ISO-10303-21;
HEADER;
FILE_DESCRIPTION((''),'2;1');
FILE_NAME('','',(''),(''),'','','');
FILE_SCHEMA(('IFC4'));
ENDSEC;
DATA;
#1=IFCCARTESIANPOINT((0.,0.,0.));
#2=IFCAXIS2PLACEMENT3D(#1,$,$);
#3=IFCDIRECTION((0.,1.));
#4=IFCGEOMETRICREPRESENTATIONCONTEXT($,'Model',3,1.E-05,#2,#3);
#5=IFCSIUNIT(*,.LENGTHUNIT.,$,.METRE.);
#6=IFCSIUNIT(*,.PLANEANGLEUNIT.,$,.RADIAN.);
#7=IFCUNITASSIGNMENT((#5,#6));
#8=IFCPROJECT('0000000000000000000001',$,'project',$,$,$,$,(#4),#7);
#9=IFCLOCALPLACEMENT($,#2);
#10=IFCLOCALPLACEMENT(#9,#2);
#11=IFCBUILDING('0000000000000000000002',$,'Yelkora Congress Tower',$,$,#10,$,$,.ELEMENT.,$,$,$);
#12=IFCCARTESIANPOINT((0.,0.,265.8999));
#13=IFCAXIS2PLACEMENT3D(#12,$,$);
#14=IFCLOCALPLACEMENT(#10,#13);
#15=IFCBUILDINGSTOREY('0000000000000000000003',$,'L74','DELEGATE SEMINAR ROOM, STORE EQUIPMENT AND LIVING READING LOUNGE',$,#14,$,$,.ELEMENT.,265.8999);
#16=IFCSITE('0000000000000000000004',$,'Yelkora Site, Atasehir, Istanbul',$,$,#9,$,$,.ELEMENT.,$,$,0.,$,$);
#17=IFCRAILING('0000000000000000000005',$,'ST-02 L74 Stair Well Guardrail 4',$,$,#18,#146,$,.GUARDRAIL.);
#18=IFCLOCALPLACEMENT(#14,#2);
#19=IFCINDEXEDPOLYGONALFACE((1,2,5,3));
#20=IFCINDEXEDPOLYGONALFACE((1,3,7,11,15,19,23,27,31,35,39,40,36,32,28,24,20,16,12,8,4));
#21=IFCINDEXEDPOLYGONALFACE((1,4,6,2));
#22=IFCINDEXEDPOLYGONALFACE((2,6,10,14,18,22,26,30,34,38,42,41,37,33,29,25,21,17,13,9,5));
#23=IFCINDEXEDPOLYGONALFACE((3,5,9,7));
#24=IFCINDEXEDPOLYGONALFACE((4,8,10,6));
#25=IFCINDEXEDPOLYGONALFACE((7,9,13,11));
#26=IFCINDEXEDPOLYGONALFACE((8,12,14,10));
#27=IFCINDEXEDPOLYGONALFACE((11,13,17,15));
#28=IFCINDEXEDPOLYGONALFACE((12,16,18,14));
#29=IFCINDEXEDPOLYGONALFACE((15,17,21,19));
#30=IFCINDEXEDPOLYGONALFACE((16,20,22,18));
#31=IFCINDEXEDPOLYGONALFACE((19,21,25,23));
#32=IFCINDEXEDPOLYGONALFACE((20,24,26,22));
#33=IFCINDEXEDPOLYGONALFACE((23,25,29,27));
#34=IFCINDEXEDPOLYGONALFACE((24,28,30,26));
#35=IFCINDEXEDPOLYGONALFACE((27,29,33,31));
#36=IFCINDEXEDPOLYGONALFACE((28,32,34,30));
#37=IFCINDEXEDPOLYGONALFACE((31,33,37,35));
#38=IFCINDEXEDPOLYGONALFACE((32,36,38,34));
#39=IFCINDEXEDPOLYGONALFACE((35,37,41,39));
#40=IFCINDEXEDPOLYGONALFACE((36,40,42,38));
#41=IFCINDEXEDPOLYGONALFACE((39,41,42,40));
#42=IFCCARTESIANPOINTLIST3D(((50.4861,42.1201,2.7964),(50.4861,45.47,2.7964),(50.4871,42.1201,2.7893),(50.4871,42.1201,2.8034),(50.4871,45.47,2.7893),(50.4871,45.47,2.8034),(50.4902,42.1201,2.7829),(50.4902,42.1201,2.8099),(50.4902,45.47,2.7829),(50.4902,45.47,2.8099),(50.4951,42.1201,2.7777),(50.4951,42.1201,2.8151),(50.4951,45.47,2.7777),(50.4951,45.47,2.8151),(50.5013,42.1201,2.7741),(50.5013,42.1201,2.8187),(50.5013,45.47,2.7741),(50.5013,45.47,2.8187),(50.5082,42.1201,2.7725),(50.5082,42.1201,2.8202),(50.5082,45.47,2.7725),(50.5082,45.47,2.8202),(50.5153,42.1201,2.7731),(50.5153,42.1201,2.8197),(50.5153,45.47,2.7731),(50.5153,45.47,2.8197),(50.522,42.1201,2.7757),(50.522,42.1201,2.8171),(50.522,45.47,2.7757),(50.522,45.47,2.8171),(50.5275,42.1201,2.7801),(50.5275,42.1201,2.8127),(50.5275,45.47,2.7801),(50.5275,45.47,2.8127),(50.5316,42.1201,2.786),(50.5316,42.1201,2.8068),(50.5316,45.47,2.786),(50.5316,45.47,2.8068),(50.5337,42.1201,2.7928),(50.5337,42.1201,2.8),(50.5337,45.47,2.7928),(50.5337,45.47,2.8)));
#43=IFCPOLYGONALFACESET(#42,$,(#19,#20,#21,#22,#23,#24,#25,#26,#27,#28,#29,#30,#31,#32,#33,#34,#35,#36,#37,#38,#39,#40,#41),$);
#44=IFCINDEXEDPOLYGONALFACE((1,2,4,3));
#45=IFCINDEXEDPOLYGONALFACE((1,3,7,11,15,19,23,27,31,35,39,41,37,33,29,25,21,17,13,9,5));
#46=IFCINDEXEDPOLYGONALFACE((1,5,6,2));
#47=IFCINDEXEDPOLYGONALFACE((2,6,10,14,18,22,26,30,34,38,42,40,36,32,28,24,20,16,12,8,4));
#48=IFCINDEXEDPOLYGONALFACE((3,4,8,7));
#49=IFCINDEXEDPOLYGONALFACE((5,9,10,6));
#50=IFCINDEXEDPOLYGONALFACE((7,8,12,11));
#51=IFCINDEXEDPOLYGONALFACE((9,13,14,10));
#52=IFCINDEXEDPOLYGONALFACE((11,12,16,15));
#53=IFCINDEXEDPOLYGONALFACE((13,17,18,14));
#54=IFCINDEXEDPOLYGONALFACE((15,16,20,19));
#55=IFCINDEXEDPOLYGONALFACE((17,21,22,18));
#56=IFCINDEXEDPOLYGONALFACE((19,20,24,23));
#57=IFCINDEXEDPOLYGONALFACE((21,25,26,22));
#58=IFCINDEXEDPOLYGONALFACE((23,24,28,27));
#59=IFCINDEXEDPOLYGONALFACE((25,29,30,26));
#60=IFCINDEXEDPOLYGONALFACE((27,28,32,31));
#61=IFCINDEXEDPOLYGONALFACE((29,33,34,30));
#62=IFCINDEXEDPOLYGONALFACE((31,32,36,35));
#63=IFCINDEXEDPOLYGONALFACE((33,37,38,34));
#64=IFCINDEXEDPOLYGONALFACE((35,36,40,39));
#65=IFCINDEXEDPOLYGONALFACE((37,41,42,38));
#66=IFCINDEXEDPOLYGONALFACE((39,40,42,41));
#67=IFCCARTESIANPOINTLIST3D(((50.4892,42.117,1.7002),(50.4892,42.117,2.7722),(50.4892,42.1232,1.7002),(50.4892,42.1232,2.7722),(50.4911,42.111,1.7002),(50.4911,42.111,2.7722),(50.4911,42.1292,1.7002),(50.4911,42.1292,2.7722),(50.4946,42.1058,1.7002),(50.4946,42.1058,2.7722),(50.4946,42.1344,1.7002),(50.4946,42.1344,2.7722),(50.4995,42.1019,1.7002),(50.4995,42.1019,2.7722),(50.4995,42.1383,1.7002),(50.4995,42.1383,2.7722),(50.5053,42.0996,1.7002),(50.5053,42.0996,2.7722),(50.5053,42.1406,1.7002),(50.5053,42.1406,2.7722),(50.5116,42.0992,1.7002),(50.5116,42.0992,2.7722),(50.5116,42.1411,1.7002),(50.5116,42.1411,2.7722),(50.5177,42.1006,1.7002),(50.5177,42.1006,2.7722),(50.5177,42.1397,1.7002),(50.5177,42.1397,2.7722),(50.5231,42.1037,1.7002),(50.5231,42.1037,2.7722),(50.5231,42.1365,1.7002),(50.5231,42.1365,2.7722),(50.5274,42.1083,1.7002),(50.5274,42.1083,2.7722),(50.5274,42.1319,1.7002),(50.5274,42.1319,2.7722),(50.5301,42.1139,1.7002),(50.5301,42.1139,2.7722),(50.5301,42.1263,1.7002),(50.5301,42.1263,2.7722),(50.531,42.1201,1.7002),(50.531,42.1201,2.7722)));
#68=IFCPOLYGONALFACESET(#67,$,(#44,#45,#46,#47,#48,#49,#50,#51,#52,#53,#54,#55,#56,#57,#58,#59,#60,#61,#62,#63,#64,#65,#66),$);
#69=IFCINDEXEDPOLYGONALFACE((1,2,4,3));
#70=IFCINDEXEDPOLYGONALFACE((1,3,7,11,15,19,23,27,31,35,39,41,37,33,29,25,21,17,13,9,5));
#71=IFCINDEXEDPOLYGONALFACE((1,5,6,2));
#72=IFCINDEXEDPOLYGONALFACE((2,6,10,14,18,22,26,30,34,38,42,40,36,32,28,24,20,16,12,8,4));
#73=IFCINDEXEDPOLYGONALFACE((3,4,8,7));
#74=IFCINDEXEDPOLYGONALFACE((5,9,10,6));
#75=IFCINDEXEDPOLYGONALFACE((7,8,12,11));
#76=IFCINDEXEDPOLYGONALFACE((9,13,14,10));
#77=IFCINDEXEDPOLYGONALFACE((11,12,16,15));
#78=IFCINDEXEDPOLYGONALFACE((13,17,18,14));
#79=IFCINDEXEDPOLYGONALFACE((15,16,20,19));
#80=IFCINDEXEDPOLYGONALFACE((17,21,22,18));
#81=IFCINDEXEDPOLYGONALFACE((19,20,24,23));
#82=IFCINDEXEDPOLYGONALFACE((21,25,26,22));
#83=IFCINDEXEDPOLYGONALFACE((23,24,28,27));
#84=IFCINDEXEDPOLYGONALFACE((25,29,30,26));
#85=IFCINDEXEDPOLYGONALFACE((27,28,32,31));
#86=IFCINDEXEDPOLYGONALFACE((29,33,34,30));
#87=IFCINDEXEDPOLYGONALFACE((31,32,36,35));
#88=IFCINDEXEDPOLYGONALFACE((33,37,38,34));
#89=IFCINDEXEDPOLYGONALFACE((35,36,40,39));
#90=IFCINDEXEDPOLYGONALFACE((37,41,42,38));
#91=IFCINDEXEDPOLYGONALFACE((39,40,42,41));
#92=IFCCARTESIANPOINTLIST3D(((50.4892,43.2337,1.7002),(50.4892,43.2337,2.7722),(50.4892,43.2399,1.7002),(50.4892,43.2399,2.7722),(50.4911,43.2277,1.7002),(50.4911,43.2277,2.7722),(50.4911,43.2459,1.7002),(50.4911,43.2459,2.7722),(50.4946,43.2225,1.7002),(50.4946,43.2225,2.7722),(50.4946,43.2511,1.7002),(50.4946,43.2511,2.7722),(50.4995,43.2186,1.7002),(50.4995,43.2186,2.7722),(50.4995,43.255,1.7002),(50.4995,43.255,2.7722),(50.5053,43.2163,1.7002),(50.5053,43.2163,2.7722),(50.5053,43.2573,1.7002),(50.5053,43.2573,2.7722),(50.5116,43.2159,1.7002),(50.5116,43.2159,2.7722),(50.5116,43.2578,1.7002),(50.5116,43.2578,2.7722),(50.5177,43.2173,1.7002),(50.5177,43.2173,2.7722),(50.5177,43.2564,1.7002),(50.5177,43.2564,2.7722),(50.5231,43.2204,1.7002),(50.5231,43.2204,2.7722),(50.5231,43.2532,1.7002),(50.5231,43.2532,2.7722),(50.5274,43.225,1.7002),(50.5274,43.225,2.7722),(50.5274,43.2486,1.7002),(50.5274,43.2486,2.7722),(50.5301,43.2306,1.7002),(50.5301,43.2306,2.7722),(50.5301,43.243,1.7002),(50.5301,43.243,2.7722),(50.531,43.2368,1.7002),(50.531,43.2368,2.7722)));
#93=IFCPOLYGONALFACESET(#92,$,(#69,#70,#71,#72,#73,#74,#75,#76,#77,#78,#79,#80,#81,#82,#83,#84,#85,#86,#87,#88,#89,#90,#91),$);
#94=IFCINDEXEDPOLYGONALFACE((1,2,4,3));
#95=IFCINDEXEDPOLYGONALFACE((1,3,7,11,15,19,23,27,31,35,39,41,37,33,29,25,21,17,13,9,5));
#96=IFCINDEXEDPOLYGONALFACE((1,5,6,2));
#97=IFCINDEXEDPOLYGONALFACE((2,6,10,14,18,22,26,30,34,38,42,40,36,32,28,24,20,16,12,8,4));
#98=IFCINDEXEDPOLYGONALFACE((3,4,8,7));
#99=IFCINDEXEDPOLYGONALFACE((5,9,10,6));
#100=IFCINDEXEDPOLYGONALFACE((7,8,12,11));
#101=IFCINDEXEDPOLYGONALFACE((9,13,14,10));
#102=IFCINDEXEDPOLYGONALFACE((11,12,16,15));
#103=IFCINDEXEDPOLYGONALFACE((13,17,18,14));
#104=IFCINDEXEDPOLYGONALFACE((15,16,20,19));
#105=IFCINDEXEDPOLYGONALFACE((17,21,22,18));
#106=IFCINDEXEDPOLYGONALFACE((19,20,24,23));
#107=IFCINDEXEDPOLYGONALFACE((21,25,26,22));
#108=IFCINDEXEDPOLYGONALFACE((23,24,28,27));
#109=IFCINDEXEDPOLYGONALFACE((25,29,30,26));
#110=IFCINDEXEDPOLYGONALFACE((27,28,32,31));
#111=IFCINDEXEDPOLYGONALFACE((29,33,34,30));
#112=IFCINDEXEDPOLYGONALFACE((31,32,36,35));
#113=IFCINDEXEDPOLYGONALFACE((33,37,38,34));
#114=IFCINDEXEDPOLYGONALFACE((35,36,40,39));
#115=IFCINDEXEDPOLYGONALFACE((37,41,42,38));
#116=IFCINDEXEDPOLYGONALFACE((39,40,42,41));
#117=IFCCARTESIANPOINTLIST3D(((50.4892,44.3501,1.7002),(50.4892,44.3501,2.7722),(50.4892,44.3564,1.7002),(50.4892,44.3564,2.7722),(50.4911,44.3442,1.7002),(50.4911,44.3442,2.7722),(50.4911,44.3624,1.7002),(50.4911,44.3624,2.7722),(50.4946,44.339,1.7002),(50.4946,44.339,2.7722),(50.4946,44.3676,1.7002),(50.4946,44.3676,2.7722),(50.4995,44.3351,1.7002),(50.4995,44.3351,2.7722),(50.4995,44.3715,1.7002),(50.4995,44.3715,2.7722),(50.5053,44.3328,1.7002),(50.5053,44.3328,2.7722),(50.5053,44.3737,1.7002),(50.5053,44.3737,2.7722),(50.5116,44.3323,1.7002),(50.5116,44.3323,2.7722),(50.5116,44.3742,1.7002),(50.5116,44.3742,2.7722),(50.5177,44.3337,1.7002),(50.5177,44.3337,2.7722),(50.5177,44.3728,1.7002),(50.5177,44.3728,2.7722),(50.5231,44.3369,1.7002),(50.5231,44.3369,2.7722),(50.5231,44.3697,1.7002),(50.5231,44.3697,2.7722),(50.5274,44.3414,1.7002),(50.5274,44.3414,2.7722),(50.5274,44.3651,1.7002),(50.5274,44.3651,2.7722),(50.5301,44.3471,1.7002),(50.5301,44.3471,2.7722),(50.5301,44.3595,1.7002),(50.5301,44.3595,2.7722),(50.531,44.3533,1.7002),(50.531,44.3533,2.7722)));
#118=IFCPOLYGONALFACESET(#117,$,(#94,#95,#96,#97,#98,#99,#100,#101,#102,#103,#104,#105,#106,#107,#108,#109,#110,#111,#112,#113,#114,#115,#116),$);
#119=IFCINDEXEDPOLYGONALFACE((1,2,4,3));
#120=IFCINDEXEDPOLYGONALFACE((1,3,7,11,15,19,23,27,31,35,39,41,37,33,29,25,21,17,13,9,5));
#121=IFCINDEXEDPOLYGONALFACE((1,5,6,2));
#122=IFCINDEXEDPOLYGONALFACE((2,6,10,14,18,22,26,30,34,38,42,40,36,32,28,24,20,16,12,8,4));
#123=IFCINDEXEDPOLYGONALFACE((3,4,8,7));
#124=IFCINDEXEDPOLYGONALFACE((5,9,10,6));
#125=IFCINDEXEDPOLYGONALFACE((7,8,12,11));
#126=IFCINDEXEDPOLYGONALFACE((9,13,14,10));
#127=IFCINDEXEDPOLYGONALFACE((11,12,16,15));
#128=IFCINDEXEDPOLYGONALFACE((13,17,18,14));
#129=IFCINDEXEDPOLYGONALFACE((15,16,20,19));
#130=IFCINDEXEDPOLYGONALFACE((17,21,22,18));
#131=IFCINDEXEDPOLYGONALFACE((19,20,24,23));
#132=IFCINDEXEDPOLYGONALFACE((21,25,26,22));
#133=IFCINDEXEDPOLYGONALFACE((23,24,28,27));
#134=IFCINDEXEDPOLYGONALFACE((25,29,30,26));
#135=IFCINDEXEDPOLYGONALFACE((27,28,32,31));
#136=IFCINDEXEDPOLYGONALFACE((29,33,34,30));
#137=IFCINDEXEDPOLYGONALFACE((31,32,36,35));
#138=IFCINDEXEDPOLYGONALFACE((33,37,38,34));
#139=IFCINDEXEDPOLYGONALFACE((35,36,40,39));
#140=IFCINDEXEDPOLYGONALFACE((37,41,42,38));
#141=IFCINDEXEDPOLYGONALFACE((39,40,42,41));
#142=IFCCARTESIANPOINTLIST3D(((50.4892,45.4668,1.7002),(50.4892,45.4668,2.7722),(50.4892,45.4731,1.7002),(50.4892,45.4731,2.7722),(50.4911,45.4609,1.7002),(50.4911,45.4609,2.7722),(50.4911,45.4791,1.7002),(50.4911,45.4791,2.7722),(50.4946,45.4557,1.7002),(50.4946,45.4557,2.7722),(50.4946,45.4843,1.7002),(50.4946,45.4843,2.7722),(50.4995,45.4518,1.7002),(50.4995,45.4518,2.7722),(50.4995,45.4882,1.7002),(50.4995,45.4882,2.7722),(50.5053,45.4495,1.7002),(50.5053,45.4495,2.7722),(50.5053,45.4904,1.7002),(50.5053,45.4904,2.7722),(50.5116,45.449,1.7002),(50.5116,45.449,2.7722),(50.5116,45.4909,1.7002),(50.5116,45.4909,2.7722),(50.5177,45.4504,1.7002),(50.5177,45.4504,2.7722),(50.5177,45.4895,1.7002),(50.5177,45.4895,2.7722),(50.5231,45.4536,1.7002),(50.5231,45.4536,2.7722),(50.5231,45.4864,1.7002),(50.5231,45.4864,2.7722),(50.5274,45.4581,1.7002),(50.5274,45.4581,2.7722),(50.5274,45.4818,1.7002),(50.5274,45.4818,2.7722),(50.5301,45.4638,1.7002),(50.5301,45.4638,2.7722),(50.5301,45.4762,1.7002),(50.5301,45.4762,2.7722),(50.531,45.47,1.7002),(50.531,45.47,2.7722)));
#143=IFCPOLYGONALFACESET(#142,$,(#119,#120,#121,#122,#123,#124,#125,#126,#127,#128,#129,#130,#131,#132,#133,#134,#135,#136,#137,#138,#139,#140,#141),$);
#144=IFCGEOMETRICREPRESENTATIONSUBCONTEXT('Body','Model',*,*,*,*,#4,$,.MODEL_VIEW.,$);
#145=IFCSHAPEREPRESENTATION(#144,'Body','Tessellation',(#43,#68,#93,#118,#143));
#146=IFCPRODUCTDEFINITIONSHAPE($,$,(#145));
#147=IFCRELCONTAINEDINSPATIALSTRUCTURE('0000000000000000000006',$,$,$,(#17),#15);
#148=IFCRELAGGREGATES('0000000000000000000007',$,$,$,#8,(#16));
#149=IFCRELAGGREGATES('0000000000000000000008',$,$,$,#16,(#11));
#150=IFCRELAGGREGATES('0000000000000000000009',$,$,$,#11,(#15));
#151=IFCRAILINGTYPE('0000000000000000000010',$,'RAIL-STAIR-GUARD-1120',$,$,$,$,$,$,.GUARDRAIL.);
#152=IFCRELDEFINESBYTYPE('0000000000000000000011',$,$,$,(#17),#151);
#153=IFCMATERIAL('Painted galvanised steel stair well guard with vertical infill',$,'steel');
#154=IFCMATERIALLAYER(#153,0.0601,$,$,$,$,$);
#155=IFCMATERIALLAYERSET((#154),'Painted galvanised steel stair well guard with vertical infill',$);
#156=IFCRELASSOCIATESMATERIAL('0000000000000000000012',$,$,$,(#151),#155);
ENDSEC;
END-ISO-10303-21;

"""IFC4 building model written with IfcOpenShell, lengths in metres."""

from ifc_helpers import new_model, si_unit, direction, frame, origin, origin_2d, place, context, subcontext, project, spatial, circle, extrude, material, layer, layer_set, type_object, element, save


model = new_model("IFC4")

# Units and contexts
model_context = context("Model", 3, precision=1e-05, world=origin(), true_north=direction((0.0, 1.0)))
body_context = subcontext(model_context, "Body", "Model", "MODEL_VIEW")
ifc_project = project(units=[si_unit("LENGTHUNIT", "METRE"), si_unit("PLANEANGLEUNIT", "RADIAN")], contexts=[model_context])

# Site, building, storey
site_placement = place(None, origin())
site = spatial("IfcSite", under=ifc_project, at=site_placement, Name="Yelkora Site, Atasehir, Istanbul", CompositionType="ELEMENT", RefElevation=0.0)
building_placement = place(site_placement, origin())
building = spatial("IfcBuilding", under=site, at=building_placement, Name="Yelkora Congress Tower", CompositionType="ELEMENT")
storey_placement = place(building_placement, frame((0.0, 0.0, 265.8999)))
storey = spatial("IfcBuildingStorey", under=building, at=storey_placement, Name="L74", Description="DELEGATE SEMINAR ROOM, STORE EQUIPMENT AND LIVING READING LOUNGE", CompositionType="ELEMENT", Elevation=265.8999)

# Railing
ifc_material_1 = material(Name="Painted galvanised steel stair well guard with vertical infill", Category="steel")
ifc_layer_1 = layer(ifc_material_1, 0.0601)
ifc_layer_set_1 = layer_set([ifc_layer_1], Name="Painted galvanised steel stair well guard with vertical infill")
railing_type_1 = type_object("IfcRailingType", Name="RAIL-STAIR-GUARD-1120", PredefinedType="GUARDRAIL", material=ifc_layer_set_1)
railing_1_placement = place(storey_placement, frame((50.51, 42.1201, 1.7002)))
element("IfcRailing", 1, at=railing_1_placement, inside=storey, type_object=railing_type_1, Name="ST-02 L74 Stair Well Guardrail 4", PredefinedType="GUARDRAIL", context=body_context, shape_type="SweptSolid", body=[
    extrude(circle(Radius=0.0239, at=origin_2d()), frame((0.0, 0.0, 1.0962), z_axis=(0.0, 1.0, 0.0), x_axis=(-1.0, 0.0, 0.0)), (0.0, 0.0, 1.0), 3.3499),
    extrude(circle(Radius=0.021, at=origin_2d()), origin(), (0.0, 0.0, 1.0), 1.072),
    extrude(circle(Radius=0.021, at=origin_2d()), frame((0.0, 1.1167, 0.0)), (0.0, 0.0, 1.0), 1.072),
    extrude(circle(Radius=0.021, at=origin_2d()), frame((0.0, 2.2332, 0.0)), (0.0, 0.0, 1.0), 1.072),
    extrude(circle(Radius=0.021, at=origin_2d()), frame((0.0, 3.3499, 0.0)), (0.0, 0.0, 1.0), 1.072),
])

save(model, "model.ifc")
